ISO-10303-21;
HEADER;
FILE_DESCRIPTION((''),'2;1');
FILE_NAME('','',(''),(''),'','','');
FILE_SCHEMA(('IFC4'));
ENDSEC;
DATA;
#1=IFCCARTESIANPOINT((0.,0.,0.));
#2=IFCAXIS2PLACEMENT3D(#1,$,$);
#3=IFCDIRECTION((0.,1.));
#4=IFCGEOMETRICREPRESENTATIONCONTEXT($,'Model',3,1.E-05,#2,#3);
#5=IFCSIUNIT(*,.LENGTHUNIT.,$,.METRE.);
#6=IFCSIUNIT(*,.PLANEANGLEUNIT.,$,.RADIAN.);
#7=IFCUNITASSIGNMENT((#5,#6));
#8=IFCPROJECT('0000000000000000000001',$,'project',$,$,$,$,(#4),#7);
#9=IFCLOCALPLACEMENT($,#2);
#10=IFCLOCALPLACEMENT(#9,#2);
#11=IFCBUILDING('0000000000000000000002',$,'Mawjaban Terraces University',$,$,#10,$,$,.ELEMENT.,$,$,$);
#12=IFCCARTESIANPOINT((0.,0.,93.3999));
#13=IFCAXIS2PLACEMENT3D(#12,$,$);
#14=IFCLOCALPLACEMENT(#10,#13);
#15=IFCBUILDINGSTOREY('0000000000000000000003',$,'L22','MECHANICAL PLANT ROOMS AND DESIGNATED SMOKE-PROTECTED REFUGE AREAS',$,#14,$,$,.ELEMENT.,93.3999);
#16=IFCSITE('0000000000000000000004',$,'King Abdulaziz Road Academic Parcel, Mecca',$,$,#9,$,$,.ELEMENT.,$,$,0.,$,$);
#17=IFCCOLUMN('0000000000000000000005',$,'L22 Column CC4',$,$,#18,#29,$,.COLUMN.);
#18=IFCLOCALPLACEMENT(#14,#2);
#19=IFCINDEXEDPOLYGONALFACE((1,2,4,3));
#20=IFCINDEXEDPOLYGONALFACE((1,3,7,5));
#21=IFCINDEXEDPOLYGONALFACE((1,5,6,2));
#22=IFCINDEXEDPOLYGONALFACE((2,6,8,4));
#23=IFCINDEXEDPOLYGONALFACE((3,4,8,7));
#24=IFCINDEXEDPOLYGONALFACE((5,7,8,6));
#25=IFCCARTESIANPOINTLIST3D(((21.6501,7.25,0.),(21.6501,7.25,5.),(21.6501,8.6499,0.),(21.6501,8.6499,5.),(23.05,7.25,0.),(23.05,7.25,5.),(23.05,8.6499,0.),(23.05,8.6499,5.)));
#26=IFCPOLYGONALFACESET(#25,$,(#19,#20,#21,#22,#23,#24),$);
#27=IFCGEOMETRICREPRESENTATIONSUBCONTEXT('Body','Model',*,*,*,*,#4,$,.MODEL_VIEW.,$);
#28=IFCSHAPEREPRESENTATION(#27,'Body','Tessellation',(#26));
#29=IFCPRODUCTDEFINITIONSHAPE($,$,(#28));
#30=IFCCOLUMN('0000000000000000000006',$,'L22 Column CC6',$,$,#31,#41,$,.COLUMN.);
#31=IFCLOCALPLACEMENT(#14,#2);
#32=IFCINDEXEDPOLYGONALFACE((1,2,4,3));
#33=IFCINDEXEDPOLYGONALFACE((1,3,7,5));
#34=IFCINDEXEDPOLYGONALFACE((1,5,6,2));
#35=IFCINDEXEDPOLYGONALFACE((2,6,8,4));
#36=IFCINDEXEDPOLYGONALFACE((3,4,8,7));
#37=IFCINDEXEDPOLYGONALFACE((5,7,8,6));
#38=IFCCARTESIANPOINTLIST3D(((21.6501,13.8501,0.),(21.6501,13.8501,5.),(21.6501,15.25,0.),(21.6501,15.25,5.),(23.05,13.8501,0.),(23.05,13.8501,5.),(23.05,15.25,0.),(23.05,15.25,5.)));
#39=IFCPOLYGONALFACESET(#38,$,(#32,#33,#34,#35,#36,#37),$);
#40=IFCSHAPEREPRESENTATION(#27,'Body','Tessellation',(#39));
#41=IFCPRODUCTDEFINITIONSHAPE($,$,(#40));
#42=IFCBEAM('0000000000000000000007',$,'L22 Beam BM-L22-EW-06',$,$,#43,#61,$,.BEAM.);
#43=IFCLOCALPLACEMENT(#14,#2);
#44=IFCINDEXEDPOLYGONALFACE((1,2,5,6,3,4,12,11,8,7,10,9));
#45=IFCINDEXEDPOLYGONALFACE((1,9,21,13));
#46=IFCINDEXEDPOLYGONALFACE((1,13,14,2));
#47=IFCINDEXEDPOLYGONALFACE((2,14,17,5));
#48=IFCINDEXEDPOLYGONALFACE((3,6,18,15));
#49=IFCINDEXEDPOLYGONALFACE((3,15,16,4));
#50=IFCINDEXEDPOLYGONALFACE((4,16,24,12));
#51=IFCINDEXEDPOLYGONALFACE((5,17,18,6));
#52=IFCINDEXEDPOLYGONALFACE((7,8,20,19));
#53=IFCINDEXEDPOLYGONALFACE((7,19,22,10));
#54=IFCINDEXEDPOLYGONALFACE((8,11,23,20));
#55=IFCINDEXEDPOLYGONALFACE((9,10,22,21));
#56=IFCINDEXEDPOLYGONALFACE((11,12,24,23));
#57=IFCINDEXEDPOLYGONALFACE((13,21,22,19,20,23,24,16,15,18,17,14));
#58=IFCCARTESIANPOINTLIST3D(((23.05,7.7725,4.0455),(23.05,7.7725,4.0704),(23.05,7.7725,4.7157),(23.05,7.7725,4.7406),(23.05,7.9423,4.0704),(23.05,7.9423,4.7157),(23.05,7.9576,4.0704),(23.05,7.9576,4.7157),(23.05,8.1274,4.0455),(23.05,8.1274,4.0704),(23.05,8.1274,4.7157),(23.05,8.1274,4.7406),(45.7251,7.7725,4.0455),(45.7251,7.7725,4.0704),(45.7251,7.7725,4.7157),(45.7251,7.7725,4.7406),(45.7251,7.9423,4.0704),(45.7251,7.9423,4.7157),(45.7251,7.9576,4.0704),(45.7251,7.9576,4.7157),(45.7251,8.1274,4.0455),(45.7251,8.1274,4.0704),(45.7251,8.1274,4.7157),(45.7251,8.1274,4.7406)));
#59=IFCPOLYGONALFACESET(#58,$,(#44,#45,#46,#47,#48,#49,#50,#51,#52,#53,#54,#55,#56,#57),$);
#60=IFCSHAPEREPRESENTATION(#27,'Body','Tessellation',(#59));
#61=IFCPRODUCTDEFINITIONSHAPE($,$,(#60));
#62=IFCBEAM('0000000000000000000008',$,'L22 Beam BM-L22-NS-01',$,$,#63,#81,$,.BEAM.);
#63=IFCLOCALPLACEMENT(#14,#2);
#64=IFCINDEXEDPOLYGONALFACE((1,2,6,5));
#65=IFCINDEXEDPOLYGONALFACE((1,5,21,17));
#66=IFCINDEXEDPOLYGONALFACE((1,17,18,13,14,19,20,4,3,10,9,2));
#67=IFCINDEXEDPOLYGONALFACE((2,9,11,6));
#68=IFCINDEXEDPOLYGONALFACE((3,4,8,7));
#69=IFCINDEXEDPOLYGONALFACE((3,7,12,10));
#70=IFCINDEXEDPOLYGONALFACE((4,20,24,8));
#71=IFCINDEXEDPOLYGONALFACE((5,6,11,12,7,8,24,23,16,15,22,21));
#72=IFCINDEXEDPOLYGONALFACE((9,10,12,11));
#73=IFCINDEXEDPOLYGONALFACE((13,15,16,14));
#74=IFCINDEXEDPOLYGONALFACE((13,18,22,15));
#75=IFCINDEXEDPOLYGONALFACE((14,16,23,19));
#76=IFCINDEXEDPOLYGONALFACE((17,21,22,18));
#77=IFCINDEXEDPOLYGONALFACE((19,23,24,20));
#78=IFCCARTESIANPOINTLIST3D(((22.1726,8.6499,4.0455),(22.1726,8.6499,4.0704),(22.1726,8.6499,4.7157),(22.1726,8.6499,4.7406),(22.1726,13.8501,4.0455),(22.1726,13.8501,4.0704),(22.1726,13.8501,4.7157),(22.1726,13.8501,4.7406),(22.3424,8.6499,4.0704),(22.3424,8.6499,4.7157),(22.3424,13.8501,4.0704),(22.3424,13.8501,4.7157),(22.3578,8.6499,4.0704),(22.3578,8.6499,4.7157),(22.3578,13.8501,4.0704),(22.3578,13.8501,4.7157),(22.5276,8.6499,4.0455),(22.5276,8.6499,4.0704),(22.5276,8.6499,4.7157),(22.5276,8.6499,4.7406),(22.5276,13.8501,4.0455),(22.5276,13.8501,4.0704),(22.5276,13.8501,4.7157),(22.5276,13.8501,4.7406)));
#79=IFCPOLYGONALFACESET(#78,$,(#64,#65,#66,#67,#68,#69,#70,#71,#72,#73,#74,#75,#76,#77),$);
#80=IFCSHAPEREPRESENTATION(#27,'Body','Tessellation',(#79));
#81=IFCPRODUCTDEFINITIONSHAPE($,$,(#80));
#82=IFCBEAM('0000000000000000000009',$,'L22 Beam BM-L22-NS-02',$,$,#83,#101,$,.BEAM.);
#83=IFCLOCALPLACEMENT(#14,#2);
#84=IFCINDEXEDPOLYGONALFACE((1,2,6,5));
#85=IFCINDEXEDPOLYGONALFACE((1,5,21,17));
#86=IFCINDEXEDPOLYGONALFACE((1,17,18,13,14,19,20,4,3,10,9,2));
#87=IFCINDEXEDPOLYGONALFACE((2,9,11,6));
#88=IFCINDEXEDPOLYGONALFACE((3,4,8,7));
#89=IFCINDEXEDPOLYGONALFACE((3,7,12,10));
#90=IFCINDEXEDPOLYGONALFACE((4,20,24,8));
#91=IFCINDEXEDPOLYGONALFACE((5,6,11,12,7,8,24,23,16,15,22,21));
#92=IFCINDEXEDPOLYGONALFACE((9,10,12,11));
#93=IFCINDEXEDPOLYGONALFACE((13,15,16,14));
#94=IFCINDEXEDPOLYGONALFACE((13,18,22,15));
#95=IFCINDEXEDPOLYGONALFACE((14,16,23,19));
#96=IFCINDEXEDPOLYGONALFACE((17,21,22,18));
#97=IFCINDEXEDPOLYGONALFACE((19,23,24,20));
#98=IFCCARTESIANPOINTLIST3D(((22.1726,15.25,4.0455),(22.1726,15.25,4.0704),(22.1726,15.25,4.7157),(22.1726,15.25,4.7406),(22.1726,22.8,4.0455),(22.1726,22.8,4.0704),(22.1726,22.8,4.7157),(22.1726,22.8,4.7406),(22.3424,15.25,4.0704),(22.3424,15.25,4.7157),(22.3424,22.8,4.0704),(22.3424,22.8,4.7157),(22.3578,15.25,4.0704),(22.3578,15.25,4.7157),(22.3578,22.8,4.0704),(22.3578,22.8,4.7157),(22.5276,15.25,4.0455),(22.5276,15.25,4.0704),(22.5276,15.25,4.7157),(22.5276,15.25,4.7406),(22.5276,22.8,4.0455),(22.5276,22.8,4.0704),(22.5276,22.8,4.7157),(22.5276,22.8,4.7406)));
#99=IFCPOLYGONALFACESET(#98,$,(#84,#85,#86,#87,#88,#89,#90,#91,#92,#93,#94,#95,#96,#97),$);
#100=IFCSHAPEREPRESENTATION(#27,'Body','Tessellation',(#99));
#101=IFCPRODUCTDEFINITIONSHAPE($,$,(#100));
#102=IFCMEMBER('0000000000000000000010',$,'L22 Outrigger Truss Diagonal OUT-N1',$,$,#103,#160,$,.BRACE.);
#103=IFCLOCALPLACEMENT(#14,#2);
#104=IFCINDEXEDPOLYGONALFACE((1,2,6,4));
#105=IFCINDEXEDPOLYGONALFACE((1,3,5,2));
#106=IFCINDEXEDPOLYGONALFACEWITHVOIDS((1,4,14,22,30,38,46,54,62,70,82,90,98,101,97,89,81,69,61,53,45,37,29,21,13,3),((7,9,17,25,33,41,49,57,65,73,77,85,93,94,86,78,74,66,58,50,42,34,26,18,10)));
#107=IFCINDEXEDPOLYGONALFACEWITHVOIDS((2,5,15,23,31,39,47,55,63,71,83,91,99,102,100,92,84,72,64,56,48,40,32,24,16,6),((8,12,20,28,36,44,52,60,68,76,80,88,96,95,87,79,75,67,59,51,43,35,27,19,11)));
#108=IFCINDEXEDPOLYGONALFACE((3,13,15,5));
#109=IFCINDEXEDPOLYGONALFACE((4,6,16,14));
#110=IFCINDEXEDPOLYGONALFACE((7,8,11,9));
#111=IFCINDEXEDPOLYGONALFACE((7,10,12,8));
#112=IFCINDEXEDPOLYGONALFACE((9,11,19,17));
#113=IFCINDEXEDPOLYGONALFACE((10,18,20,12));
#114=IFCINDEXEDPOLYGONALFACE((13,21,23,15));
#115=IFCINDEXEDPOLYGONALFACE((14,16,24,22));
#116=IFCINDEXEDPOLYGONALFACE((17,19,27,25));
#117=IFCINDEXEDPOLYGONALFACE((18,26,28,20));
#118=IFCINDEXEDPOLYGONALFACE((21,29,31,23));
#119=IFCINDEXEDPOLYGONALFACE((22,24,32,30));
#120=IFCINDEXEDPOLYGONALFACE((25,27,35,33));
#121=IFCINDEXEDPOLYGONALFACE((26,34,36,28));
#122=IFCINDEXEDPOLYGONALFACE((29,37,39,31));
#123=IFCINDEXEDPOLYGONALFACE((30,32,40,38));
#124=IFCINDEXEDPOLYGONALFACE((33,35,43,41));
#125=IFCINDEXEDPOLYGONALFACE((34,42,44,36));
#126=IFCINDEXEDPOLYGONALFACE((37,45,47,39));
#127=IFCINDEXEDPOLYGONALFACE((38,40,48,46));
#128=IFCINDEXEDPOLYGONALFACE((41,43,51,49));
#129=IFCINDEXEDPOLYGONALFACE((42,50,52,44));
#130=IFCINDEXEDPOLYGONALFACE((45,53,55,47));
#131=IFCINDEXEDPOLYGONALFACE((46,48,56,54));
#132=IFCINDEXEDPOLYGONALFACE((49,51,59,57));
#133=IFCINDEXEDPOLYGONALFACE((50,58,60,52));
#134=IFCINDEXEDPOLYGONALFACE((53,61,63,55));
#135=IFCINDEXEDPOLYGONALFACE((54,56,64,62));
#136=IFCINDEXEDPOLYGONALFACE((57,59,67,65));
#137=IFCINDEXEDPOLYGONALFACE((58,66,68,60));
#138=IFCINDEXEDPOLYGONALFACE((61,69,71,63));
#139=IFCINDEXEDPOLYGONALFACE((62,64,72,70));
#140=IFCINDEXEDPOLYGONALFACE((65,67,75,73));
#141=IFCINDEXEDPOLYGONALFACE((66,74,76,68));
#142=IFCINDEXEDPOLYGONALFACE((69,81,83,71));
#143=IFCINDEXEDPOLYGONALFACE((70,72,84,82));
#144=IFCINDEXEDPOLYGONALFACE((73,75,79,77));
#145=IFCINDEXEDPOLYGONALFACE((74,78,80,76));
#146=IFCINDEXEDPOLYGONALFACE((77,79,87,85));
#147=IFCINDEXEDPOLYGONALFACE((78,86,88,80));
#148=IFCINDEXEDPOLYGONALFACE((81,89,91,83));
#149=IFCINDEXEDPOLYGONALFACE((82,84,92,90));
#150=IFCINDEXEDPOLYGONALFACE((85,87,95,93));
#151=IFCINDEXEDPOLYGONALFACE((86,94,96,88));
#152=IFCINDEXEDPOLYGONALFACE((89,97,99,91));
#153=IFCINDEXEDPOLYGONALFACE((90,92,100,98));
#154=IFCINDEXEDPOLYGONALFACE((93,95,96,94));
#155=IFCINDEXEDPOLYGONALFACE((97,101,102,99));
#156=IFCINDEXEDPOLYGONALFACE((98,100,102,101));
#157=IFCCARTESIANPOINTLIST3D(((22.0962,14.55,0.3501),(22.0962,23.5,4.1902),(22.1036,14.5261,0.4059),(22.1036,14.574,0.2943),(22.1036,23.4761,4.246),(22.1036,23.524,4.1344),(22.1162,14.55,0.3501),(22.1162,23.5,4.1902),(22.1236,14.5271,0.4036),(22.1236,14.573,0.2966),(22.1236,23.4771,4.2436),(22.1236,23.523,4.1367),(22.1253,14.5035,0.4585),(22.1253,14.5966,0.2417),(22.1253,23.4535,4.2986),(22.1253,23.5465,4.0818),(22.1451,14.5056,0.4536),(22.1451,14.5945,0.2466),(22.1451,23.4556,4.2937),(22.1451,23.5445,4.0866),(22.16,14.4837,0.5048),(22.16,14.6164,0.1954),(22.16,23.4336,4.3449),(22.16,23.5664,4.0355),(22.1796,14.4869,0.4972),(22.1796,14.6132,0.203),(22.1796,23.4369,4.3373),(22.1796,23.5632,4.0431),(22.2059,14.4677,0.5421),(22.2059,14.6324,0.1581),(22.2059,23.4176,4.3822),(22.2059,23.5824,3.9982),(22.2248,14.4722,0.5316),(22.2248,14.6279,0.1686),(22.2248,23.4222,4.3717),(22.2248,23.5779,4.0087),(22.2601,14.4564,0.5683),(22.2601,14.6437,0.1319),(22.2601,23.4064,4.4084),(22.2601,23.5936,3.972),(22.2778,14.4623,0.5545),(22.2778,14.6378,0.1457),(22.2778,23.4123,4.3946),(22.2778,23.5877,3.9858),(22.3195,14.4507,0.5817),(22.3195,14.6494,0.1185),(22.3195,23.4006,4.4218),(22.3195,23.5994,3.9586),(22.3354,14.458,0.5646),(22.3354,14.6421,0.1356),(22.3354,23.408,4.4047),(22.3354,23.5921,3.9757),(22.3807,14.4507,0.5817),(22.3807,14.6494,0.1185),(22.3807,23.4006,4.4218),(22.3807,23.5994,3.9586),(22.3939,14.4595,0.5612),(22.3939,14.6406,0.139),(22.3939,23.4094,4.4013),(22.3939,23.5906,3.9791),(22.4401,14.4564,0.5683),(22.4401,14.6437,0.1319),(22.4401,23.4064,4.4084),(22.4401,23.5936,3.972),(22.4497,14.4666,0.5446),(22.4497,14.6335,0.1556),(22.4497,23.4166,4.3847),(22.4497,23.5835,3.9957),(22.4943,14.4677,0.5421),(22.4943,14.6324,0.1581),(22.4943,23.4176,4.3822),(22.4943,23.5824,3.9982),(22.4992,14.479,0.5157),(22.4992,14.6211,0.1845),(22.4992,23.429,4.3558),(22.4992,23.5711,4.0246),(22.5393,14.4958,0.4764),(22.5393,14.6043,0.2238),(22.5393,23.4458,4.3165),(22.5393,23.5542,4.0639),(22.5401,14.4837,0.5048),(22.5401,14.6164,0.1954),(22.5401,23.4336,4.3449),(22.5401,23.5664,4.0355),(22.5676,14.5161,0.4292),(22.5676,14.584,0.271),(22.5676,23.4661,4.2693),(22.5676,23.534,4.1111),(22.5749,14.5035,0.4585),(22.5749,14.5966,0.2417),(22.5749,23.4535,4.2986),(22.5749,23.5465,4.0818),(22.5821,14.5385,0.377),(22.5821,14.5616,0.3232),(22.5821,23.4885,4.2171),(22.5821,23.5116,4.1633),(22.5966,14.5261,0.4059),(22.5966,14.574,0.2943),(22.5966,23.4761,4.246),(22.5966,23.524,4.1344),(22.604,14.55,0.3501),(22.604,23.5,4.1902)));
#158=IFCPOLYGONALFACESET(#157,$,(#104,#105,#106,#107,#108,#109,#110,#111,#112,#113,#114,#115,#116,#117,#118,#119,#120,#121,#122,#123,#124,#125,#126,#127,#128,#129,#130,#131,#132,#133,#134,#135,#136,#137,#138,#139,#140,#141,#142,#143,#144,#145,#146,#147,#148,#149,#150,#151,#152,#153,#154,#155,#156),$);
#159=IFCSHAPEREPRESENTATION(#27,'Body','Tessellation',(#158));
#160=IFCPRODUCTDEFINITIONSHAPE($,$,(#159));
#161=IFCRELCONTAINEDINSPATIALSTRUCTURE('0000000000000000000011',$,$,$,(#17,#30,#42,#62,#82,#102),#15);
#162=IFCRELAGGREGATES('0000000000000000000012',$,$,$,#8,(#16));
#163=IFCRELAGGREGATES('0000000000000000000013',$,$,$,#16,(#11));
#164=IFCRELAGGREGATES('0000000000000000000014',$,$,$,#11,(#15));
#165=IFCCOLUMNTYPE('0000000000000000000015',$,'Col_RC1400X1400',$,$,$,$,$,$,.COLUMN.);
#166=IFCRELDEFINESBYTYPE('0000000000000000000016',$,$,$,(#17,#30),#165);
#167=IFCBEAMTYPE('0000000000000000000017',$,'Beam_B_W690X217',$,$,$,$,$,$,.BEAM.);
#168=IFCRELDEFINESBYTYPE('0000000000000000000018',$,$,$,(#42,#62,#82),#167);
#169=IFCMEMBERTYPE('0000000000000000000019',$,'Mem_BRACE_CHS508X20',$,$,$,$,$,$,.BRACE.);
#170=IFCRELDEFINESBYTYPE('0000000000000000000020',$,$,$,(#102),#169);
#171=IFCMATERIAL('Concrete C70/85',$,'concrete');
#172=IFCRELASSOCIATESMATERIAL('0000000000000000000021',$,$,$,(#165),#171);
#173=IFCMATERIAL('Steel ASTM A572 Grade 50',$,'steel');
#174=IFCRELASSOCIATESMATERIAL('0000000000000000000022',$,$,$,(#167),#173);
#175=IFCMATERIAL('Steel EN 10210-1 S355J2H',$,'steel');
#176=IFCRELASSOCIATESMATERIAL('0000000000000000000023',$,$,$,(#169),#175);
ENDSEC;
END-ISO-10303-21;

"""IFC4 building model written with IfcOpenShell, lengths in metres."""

from ifc_helpers import new_model, si_unit, direction, frame, origin, origin_2d, place, context, subcontext, project, spatial, rectangle, hollow_circle, i_section, extrude, material, material_profile, profile_set, type_object, element, save


model = new_model("IFC4")

# Units and contexts
model_context = context("Model", 3, precision=1e-05, world=origin(), true_north=direction((0.0, 1.0)))
body_context = subcontext(model_context, "Body", "Model", "MODEL_VIEW")
ifc_project = project(units=[si_unit("LENGTHUNIT", "METRE"), si_unit("PLANEANGLEUNIT", "RADIAN")], contexts=[model_context])

# Site, building, storey
site_placement = place(None, origin())
site = spatial("IfcSite", under=ifc_project, at=site_placement, Name="King Abdulaziz Road Academic Parcel, Mecca", CompositionType="ELEMENT", RefElevation=0.0)
building_placement = place(site_placement, origin())
building = spatial("IfcBuilding", under=site, at=building_placement, Name="Mawjaban Terraces University", CompositionType="ELEMENT")
storey_placement = place(building_placement, frame((0.0, 0.0, 93.3999)))
storey = spatial("IfcBuildingStorey", under=building, at=storey_placement, Name="L22", Description="MECHANICAL PLANT ROOMS AND DESIGNATED SMOKE-PROTECTED REFUGE AREAS", CompositionType="ELEMENT", Elevation=93.3999)

# Columns
ifc_material_1 = material(Name="Concrete C70/85", Category="concrete")
ifc_material_profile_1 = material_profile(ifc_material_1, rectangle(XDim=1.3999, YDim=1.3999, at=origin_2d()), Name="RC1400X1400")
ifc_profile_set_1 = profile_set([ifc_material_profile_1], Name="Concrete C70/85")
column_type = type_object("IfcColumnType", Name="Col_RC1400X1400", PredefinedType="COLUMN", material=ifc_profile_set_1)
for number, where, z_axis, x_axis, name in (
    (1, (22.3501, 7.95, 0.0), (0.0, 0.0, 1.0), (1.0, 0.0, 0.0), "L22 Column CC4"),
    (2, (22.3501, 14.55, 0.0), (0.0, 0.0, 1.0), (1.0, 0.0, 0.0), "L22 Column CC6"),
):
    element("IfcColumn", number, at=place(storey_placement, frame(where, z_axis=z_axis, x_axis=x_axis)), inside=storey, type_object=column_type, Name=name, PredefinedType="COLUMN", context=body_context, shape_type="SweptSolid", body=[
        extrude(rectangle(XDim=1.3999, YDim=1.3999, at=origin_2d()), origin(), (0.0, 0.0, 1.0), 5.0),
    ])

# Beams
ifc_material_2 = material(Name="Steel ASTM A572 Grade 50", Category="steel")
ifc_material_profile_2 = material_profile(ifc_material_2, i_section(OverallWidth=0.355, OverallDepth=0.6951, WebThickness=0.0154, FlangeThickness=0.0249, at=origin_2d()), Name="W690X217")
ifc_profile_set_2 = profile_set([ifc_material_profile_2], Name="Steel ASTM A572 Grade 50")
beam_type = type_object("IfcBeamType", Name="Beam_B_W690X217", PredefinedType="BEAM", material=ifc_profile_set_2)
beam_1_placement = place(storey_placement, frame((23.05, 7.95, 4.3931), z_axis=(1.0, 0.0, 0.0), x_axis=(0.0, 1.0, 0.0)))
element("IfcBeam", 3, at=beam_1_placement, inside=storey, type_object=beam_type, Name="L22 Beam BM-L22-EW-06", PredefinedType="BEAM", context=body_context, shape_type="SweptSolid", body=[
    extrude(i_section(OverallWidth=0.355, OverallDepth=0.6951, WebThickness=0.0154, FlangeThickness=0.0249, at=origin_2d()), origin(), (0.0, 0.0, 1.0), 22.675),
])
beam_2_placement = place(storey_placement, frame((22.3501, 8.6499, 4.3931), z_axis=(0.0, 1.0, 0.0), x_axis=(-1.0, 0.0, 0.0)))
element("IfcBeam", 4, at=beam_2_placement, inside=storey, type_object=beam_type, Name="L22 Beam BM-L22-NS-01", PredefinedType="BEAM", context=body_context, shape_type="SweptSolid", body=[
    extrude(i_section(OverallWidth=0.355, OverallDepth=0.6951, WebThickness=0.0154, FlangeThickness=0.0249, at=origin_2d()), origin(), (0.0, 0.0, 1.0), 5.2002),
])
beam_3_placement = place(storey_placement, frame((22.3501, 15.25, 4.3931), z_axis=(0.0, 1.0, 0.0), x_axis=(-1.0, 0.0, 0.0)))
element("IfcBeam", 5, at=beam_3_placement, inside=storey, type_object=beam_type, Name="L22 Beam BM-L22-NS-02", PredefinedType="BEAM", context=body_context, shape_type="SweptSolid", body=[
    extrude(i_section(OverallWidth=0.355, OverallDepth=0.6951, WebThickness=0.0154, FlangeThickness=0.0249, at=origin_2d()), origin(), (0.0, 0.0, 1.0), 7.55),
])

# Member
ifc_material_3 = material(Name="Steel EN 10210-1 S355J2H", Category="steel")
ifc_material_profile_3 = material_profile(ifc_material_3, hollow_circle(Radius=0.2539, WallThickness=0.02, at=origin_2d()), Name="CHS508X20")
ifc_profile_set_3 = profile_set([ifc_material_profile_3], Name="Steel EN 10210-1 S355J2H")
member_type = type_object("IfcMemberType", Name="Mem_BRACE_CHS508X20", PredefinedType="BRACE", material=ifc_profile_set_3)
member_placement = place(storey_placement, frame((22.3501, 14.55, 0.3501), z_axis=(0.0, 0.918982, 0.3943), x_axis=(-1.0, 0.0, 0.0)))
element("IfcMember", 6, at=member_placement, inside=storey, type_object=member_type, Name="L22 Outrigger Truss Diagonal OUT-N1", PredefinedType="BRACE", context=body_context, shape_type="SweptSolid", body=[
    extrude(hollow_circle(Radius=0.2539, WallThickness=0.02, at=origin_2d()), origin(), (0.0, 0.0, 1.0), 9.739),
])

save(model, "model.ifc")
